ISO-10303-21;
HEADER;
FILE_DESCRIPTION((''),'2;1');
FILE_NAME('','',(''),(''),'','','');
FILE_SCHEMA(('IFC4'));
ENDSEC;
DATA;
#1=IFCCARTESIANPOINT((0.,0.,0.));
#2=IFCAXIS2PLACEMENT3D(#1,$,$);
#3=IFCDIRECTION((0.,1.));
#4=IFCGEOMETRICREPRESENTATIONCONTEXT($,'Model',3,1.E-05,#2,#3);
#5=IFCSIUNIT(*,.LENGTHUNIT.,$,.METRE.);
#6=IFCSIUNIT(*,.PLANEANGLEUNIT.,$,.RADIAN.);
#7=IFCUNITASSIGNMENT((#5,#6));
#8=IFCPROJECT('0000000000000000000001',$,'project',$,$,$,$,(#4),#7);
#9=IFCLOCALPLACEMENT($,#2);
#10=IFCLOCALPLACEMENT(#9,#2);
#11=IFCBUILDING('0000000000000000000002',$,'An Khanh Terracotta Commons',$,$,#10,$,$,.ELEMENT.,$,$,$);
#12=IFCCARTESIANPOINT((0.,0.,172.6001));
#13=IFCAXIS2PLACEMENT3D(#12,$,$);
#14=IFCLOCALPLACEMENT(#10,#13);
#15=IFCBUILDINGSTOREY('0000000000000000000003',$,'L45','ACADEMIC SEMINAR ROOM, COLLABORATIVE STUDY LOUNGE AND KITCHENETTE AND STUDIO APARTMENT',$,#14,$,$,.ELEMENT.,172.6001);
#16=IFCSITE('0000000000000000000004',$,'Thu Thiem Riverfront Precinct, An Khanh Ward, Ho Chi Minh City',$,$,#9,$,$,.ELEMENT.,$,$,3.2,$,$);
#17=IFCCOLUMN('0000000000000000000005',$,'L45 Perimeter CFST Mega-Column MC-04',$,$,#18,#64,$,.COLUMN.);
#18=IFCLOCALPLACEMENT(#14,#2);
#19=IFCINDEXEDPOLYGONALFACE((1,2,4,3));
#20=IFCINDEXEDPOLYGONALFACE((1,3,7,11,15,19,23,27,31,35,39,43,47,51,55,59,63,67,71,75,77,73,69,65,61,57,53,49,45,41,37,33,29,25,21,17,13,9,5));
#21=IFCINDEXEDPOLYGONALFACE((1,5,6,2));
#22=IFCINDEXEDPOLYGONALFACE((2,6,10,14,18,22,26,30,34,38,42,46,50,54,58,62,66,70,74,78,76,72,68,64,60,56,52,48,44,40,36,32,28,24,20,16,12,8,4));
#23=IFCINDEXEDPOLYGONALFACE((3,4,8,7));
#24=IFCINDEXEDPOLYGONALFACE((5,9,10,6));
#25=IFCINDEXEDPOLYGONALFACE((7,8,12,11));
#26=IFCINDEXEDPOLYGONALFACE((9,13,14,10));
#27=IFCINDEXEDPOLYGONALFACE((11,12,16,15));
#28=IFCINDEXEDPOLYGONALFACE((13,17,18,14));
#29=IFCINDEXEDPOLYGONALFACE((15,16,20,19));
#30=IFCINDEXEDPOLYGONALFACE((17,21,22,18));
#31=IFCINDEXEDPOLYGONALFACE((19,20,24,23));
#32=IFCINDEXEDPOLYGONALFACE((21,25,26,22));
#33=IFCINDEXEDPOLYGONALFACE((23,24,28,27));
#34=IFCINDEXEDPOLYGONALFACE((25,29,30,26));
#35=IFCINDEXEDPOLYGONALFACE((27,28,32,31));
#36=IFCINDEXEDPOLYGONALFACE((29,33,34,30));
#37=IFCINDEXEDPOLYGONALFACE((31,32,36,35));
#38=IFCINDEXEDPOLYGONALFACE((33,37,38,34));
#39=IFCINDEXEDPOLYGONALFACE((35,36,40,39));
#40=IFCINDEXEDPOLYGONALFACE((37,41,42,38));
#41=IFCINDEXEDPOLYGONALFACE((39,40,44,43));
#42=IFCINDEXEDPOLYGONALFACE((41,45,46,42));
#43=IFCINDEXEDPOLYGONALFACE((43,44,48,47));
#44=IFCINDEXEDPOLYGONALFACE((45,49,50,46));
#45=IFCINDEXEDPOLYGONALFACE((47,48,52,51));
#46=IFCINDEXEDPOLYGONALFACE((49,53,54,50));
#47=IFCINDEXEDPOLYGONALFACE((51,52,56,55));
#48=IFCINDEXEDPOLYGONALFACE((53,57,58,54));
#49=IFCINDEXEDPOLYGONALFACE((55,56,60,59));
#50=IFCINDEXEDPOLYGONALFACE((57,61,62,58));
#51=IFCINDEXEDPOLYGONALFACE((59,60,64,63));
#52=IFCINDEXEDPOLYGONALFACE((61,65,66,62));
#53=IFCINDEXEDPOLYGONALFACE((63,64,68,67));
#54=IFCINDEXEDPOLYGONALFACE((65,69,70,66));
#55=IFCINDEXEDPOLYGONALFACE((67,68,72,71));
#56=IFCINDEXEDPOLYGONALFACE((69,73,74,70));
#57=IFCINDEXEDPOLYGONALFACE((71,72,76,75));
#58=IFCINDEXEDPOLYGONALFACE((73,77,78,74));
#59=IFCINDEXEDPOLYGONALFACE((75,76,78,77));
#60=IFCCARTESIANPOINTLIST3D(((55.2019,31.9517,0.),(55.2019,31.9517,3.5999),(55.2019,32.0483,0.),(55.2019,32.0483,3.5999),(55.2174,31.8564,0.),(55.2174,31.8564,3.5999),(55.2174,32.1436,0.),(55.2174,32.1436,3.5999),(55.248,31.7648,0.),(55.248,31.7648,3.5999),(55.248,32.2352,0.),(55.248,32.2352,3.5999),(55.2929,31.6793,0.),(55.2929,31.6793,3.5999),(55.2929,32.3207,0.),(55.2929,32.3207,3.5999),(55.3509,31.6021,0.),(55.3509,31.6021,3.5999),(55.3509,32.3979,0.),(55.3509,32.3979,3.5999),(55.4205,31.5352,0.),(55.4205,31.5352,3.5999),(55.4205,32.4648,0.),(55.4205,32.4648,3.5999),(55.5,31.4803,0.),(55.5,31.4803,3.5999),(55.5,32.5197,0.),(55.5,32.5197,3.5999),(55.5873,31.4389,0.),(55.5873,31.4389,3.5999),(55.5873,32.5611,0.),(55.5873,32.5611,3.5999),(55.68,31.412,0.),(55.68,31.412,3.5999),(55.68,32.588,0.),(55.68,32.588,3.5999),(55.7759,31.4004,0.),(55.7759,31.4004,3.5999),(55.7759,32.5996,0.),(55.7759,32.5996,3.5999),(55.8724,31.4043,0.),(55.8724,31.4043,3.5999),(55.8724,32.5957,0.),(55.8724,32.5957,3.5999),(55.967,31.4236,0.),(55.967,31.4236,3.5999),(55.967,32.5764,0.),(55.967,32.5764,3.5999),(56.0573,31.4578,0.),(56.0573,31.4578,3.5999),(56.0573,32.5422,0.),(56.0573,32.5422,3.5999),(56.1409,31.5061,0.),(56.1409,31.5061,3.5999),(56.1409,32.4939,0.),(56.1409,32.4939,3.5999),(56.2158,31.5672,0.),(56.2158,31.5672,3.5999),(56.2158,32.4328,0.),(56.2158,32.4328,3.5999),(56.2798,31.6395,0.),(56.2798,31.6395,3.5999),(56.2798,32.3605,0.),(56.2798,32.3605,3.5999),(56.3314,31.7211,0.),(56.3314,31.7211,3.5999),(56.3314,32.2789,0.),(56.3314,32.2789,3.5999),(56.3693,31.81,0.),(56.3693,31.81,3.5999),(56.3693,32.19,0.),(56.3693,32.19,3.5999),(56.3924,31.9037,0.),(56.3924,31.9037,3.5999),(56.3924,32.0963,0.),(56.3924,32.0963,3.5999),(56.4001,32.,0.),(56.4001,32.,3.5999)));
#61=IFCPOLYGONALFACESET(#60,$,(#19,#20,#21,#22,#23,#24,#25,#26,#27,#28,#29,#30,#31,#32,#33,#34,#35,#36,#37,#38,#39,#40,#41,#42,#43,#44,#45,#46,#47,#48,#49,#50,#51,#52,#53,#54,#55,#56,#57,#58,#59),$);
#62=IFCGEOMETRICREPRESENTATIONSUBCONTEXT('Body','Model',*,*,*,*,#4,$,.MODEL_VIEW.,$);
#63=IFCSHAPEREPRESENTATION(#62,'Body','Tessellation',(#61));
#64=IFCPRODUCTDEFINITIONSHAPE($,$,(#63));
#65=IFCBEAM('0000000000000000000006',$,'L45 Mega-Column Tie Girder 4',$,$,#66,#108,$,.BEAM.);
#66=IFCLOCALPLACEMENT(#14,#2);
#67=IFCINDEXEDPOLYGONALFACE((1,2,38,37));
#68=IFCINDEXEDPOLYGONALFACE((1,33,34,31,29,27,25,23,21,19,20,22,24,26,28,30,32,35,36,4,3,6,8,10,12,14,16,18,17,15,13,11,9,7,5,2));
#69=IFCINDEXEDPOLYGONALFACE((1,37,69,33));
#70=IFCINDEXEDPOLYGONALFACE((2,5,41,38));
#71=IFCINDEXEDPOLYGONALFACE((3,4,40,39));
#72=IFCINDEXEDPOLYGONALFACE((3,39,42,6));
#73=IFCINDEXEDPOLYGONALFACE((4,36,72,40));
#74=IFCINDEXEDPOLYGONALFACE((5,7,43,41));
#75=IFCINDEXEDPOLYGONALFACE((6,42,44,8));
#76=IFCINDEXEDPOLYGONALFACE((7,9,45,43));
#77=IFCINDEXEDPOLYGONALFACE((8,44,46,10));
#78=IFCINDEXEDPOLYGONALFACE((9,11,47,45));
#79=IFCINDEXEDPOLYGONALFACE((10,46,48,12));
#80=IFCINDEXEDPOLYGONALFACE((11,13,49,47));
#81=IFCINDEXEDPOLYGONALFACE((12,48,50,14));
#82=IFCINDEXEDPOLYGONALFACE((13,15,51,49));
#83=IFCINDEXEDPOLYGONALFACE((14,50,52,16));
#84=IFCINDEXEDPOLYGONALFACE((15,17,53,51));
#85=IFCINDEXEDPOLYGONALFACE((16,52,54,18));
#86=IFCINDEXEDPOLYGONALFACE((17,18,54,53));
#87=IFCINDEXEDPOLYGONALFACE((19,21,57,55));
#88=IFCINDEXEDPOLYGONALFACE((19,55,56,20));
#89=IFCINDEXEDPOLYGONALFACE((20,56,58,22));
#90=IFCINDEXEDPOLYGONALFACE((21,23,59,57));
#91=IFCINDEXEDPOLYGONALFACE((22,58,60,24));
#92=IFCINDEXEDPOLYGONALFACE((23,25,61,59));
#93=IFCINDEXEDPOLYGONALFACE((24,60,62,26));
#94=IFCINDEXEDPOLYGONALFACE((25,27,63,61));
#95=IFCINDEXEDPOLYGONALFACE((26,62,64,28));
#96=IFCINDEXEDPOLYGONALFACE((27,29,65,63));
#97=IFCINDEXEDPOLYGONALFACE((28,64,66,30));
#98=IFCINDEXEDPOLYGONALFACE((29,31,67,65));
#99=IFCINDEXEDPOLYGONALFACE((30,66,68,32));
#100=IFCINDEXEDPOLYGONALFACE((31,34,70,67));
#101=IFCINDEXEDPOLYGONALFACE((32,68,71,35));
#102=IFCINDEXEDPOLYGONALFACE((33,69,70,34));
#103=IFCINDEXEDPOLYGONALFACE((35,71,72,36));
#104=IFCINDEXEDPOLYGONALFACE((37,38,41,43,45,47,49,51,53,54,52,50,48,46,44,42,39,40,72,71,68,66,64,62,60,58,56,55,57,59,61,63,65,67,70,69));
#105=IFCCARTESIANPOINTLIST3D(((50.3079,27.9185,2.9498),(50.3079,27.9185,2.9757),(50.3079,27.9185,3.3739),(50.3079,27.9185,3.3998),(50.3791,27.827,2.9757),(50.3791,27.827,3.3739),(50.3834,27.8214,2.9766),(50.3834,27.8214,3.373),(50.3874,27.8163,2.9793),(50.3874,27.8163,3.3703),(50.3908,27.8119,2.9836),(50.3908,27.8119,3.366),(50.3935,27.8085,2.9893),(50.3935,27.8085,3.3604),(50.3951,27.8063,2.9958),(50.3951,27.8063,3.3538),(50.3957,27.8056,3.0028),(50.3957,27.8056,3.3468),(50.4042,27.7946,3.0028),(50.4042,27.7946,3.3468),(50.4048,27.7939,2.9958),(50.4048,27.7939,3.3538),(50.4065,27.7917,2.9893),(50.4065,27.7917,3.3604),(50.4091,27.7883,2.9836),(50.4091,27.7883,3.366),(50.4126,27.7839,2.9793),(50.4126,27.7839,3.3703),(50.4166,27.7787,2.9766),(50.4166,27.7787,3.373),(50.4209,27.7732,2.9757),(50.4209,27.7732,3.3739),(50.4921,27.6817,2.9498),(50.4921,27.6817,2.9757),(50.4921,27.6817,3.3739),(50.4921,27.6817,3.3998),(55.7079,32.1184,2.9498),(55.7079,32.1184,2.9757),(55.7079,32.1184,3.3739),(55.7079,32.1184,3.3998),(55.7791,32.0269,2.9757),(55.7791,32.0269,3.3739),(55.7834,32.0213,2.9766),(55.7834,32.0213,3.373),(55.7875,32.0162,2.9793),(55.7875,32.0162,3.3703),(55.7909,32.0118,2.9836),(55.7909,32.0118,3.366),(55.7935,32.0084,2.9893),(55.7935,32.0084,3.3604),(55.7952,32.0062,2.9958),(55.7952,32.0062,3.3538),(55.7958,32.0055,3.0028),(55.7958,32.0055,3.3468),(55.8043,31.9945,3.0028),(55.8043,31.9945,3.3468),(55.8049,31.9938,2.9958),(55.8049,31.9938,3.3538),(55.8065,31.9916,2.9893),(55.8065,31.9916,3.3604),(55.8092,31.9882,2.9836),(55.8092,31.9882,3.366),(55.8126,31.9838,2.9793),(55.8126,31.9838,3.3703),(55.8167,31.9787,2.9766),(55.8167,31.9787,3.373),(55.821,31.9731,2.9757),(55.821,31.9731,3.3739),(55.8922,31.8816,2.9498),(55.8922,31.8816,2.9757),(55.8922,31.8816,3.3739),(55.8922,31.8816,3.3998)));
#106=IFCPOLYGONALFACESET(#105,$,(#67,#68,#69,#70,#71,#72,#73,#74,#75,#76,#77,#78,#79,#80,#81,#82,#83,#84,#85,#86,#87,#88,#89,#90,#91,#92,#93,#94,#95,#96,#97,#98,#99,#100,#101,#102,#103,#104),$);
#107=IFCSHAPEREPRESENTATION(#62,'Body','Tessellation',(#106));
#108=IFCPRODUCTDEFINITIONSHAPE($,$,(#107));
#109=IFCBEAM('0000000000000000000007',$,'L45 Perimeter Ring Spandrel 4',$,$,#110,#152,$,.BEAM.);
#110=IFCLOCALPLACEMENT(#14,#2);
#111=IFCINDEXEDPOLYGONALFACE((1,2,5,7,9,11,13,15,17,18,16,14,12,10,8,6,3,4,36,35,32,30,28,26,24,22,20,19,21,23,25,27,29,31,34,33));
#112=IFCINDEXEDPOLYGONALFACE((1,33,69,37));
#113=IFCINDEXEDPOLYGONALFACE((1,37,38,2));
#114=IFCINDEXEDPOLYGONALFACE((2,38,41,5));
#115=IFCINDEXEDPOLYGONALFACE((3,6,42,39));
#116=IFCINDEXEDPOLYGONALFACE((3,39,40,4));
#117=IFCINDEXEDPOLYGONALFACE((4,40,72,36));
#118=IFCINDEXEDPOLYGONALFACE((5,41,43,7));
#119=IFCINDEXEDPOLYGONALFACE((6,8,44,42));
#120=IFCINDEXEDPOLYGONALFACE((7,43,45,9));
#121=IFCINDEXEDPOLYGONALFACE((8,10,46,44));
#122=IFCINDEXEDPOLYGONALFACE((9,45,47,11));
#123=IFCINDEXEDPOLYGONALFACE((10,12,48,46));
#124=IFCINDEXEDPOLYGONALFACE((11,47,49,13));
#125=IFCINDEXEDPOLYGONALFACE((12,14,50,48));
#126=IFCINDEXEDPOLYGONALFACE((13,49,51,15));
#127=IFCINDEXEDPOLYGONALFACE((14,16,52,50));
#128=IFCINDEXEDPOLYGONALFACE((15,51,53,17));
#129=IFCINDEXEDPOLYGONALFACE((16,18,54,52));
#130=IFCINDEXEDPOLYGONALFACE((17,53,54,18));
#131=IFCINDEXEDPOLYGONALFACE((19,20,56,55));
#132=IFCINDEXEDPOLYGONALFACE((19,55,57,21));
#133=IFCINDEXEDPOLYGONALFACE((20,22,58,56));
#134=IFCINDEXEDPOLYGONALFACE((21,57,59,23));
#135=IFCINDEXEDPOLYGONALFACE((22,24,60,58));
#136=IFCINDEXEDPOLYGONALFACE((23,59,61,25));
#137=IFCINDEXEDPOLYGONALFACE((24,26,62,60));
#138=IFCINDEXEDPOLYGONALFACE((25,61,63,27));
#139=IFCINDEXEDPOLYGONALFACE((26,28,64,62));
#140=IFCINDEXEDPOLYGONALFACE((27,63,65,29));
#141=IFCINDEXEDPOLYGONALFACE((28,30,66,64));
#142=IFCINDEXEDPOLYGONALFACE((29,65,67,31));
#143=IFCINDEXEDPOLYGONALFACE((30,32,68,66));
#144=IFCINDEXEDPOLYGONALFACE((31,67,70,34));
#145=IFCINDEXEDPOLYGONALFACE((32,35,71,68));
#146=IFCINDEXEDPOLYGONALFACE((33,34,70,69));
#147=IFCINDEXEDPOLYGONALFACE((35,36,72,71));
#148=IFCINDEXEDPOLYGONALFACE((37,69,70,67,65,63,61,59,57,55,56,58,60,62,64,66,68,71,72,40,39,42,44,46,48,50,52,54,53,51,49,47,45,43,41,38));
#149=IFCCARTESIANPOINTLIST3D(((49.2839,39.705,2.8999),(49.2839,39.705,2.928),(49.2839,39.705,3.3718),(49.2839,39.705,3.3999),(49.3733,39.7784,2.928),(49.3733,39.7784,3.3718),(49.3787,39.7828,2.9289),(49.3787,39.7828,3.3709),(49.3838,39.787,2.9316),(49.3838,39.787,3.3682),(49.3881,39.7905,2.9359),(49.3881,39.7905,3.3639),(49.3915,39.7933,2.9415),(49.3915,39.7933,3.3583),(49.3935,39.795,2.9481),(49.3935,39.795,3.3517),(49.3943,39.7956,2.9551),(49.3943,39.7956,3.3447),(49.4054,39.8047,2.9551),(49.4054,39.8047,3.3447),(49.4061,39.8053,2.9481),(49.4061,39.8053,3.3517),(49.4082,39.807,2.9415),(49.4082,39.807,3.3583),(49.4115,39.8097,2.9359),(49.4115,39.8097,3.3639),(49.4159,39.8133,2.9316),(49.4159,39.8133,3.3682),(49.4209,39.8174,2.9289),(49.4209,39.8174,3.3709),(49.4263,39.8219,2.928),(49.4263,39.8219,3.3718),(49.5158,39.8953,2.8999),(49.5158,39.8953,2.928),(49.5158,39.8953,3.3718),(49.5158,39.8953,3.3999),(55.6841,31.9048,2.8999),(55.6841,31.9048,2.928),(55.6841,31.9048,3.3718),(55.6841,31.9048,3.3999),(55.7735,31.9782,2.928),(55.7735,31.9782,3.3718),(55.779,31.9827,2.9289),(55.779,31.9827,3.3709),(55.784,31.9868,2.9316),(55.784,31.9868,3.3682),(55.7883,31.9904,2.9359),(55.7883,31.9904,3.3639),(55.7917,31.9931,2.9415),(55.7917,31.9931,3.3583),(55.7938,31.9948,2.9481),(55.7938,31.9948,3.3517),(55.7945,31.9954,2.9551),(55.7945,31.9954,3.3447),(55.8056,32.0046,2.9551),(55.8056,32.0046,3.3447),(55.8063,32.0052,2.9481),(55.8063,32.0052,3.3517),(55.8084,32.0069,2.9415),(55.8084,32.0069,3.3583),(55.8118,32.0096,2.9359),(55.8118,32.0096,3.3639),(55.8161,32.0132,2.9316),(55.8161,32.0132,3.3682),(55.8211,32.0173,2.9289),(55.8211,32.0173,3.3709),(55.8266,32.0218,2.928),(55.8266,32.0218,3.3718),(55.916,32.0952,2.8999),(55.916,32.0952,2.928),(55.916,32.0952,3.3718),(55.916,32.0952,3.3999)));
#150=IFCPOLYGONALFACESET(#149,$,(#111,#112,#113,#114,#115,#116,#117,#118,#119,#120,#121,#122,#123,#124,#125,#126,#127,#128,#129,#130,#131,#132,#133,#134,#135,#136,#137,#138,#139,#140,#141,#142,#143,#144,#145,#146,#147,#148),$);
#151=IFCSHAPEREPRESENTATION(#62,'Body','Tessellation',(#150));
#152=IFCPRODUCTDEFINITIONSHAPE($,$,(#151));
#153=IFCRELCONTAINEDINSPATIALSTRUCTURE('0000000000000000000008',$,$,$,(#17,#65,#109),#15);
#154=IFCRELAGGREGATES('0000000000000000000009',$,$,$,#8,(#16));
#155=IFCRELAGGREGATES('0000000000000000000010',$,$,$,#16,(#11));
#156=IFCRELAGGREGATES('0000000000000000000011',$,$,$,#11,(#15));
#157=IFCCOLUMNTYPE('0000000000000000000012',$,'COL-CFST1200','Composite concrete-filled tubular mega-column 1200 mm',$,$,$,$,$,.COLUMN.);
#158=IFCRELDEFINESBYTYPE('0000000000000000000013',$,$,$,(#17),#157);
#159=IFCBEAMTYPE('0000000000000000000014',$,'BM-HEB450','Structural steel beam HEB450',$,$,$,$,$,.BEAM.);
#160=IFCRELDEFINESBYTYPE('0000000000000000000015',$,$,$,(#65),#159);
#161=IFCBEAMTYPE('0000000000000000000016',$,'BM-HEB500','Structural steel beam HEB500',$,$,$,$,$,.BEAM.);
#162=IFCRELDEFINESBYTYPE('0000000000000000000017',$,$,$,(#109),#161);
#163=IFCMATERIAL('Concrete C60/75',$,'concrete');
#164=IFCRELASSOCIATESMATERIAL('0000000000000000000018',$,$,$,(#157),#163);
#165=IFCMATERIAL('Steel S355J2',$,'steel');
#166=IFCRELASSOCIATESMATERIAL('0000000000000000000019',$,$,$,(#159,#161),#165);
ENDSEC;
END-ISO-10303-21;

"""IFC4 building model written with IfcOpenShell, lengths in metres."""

from ifc_helpers import new_model, si_unit, direction, frame, origin, origin_2d, place, context, subcontext, project, spatial, circle, i_section, extrude, material, material_profile, profile_set, type_object, element, save


model = new_model("IFC4")

# Units and contexts
model_context = context("Model", 3, precision=1e-05, world=origin(), true_north=direction((0.0, 1.0)))
body_context = subcontext(model_context, "Body", "Model", "MODEL_VIEW")
ifc_project = project(units=[si_unit("LENGTHUNIT", "METRE"), si_unit("PLANEANGLEUNIT", "RADIAN")], contexts=[model_context])

# Site, building, storey
site_placement = place(None, origin())
site = spatial("IfcSite", under=ifc_project, at=site_placement, Name="Thu Thiem Riverfront Precinct, An Khanh Ward, Ho Chi Minh City", CompositionType="ELEMENT", RefElevation=3.2)
building_placement = place(site_placement, origin())
building = spatial("IfcBuilding", under=site, at=building_placement, Name="An Khanh Terracotta Commons", CompositionType="ELEMENT")
storey_placement = place(building_placement, frame((0.0, 0.0, 172.6001)))
storey = spatial("IfcBuildingStorey", under=building, at=storey_placement, Name="L45", Description="ACADEMIC SEMINAR ROOM, COLLABORATIVE STUDY LOUNGE AND KITCHENETTE AND STUDIO APARTMENT", CompositionType="ELEMENT", Elevation=172.6001)

# Column
ifc_material_1 = material(Name="Concrete C60/75", Category="concrete")
ifc_material_profile_1 = material_profile(ifc_material_1, circle(Radius=0.6001, at=origin_2d()), Name="CFST1200")
ifc_profile_set_1 = profile_set([ifc_material_profile_1], Name="Concrete C60/75")
column_type = type_object("IfcColumnType", Name="COL-CFST1200", Description="Composite concrete-filled tubular mega-column 1200 mm", PredefinedType="COLUMN", material=ifc_profile_set_1)
column_placement = place(storey_placement, frame((55.8, 32.0, 0.0), z_axis=(0.0, 0.0, 1.0), x_axis=(1.0, 0.0, 0.0)))
element("IfcColumn", 1, at=column_placement, inside=storey, type_object=column_type, Name="L45 Perimeter CFST Mega-Column MC-04", PredefinedType="COLUMN", context=body_context, shape_type="SweptSolid", body=[
    extrude(circle(Radius=0.6001, at=origin_2d()), origin(), (0.0, 0.0, 1.0), 3.5999),
])

# Beams
ifc_material_2 = material(Name="Steel S355J2", Category="steel")
ifc_material_profile_2 = material_profile(ifc_material_2, i_section(OverallWidth=0.3, OverallDepth=0.45, WebThickness=0.0139, FlangeThickness=0.0259, FilletRadius=0.0271, at=origin_2d()), Name="HEB450")
ifc_profile_set_2 = profile_set([ifc_material_profile_2], Name="Steel S355J2")
beam_type_1 = type_object("IfcBeamType", Name="BM-HEB450", Description="Structural steel beam HEB450", PredefinedType="BEAM", material=ifc_profile_set_2)
beam_1_placement = place(storey_placement, frame((55.8, 32.0, 3.1748), z_axis=(-0.789364, -0.613926, 0.0), x_axis=(0.613926, -0.789364, 0.0)))
element("IfcBeam", 2, at=beam_1_placement, inside=storey, type_object=beam_type_1, Name="L45 Mega-Column Tie Girder 4", PredefinedType="BEAM", context=body_context, shape_type="SweptSolid", body=[
    extrude(i_section(OverallWidth=0.3, OverallDepth=0.45, WebThickness=0.0139, FlangeThickness=0.0259, FilletRadius=0.0271, at=origin_2d()), origin(), (0.0, 0.0, 1.0), 6.8411),
])
ifc_material_profile_3 = material_profile(ifc_material_2, i_section(OverallWidth=0.3, OverallDepth=0.5, WebThickness=0.0144, FlangeThickness=0.0281, FilletRadius=0.0271, at=origin_2d()), Name="HEB500")
ifc_profile_set_3 = profile_set([ifc_material_profile_3], Name="Steel S355J2")
beam_type_2 = type_object("IfcBeamType", Name="BM-HEB500", Description="Structural steel beam HEB500", PredefinedType="BEAM", material=ifc_profile_set_3)
beam_2_placement = place(storey_placement, frame((55.8, 32.0, 3.1499), z_axis=(-0.634323, 0.773068, 0.0), x_axis=(-0.773068, -0.634323, 0.0)))
element("IfcBeam", 3, at=beam_2_placement, inside=storey, type_object=beam_type_2, Name="L45 Perimeter Ring Spandrel 4", PredefinedType="BEAM", context=body_context, shape_type="SweptSolid", body=[
    extrude(i_section(OverallWidth=0.3, OverallDepth=0.5, WebThickness=0.0144, FlangeThickness=0.0281, FilletRadius=0.0271, at=origin_2d()), origin(), (0.0, 0.0, 1.0), 10.0898),
])

save(model, "model.ifc")
